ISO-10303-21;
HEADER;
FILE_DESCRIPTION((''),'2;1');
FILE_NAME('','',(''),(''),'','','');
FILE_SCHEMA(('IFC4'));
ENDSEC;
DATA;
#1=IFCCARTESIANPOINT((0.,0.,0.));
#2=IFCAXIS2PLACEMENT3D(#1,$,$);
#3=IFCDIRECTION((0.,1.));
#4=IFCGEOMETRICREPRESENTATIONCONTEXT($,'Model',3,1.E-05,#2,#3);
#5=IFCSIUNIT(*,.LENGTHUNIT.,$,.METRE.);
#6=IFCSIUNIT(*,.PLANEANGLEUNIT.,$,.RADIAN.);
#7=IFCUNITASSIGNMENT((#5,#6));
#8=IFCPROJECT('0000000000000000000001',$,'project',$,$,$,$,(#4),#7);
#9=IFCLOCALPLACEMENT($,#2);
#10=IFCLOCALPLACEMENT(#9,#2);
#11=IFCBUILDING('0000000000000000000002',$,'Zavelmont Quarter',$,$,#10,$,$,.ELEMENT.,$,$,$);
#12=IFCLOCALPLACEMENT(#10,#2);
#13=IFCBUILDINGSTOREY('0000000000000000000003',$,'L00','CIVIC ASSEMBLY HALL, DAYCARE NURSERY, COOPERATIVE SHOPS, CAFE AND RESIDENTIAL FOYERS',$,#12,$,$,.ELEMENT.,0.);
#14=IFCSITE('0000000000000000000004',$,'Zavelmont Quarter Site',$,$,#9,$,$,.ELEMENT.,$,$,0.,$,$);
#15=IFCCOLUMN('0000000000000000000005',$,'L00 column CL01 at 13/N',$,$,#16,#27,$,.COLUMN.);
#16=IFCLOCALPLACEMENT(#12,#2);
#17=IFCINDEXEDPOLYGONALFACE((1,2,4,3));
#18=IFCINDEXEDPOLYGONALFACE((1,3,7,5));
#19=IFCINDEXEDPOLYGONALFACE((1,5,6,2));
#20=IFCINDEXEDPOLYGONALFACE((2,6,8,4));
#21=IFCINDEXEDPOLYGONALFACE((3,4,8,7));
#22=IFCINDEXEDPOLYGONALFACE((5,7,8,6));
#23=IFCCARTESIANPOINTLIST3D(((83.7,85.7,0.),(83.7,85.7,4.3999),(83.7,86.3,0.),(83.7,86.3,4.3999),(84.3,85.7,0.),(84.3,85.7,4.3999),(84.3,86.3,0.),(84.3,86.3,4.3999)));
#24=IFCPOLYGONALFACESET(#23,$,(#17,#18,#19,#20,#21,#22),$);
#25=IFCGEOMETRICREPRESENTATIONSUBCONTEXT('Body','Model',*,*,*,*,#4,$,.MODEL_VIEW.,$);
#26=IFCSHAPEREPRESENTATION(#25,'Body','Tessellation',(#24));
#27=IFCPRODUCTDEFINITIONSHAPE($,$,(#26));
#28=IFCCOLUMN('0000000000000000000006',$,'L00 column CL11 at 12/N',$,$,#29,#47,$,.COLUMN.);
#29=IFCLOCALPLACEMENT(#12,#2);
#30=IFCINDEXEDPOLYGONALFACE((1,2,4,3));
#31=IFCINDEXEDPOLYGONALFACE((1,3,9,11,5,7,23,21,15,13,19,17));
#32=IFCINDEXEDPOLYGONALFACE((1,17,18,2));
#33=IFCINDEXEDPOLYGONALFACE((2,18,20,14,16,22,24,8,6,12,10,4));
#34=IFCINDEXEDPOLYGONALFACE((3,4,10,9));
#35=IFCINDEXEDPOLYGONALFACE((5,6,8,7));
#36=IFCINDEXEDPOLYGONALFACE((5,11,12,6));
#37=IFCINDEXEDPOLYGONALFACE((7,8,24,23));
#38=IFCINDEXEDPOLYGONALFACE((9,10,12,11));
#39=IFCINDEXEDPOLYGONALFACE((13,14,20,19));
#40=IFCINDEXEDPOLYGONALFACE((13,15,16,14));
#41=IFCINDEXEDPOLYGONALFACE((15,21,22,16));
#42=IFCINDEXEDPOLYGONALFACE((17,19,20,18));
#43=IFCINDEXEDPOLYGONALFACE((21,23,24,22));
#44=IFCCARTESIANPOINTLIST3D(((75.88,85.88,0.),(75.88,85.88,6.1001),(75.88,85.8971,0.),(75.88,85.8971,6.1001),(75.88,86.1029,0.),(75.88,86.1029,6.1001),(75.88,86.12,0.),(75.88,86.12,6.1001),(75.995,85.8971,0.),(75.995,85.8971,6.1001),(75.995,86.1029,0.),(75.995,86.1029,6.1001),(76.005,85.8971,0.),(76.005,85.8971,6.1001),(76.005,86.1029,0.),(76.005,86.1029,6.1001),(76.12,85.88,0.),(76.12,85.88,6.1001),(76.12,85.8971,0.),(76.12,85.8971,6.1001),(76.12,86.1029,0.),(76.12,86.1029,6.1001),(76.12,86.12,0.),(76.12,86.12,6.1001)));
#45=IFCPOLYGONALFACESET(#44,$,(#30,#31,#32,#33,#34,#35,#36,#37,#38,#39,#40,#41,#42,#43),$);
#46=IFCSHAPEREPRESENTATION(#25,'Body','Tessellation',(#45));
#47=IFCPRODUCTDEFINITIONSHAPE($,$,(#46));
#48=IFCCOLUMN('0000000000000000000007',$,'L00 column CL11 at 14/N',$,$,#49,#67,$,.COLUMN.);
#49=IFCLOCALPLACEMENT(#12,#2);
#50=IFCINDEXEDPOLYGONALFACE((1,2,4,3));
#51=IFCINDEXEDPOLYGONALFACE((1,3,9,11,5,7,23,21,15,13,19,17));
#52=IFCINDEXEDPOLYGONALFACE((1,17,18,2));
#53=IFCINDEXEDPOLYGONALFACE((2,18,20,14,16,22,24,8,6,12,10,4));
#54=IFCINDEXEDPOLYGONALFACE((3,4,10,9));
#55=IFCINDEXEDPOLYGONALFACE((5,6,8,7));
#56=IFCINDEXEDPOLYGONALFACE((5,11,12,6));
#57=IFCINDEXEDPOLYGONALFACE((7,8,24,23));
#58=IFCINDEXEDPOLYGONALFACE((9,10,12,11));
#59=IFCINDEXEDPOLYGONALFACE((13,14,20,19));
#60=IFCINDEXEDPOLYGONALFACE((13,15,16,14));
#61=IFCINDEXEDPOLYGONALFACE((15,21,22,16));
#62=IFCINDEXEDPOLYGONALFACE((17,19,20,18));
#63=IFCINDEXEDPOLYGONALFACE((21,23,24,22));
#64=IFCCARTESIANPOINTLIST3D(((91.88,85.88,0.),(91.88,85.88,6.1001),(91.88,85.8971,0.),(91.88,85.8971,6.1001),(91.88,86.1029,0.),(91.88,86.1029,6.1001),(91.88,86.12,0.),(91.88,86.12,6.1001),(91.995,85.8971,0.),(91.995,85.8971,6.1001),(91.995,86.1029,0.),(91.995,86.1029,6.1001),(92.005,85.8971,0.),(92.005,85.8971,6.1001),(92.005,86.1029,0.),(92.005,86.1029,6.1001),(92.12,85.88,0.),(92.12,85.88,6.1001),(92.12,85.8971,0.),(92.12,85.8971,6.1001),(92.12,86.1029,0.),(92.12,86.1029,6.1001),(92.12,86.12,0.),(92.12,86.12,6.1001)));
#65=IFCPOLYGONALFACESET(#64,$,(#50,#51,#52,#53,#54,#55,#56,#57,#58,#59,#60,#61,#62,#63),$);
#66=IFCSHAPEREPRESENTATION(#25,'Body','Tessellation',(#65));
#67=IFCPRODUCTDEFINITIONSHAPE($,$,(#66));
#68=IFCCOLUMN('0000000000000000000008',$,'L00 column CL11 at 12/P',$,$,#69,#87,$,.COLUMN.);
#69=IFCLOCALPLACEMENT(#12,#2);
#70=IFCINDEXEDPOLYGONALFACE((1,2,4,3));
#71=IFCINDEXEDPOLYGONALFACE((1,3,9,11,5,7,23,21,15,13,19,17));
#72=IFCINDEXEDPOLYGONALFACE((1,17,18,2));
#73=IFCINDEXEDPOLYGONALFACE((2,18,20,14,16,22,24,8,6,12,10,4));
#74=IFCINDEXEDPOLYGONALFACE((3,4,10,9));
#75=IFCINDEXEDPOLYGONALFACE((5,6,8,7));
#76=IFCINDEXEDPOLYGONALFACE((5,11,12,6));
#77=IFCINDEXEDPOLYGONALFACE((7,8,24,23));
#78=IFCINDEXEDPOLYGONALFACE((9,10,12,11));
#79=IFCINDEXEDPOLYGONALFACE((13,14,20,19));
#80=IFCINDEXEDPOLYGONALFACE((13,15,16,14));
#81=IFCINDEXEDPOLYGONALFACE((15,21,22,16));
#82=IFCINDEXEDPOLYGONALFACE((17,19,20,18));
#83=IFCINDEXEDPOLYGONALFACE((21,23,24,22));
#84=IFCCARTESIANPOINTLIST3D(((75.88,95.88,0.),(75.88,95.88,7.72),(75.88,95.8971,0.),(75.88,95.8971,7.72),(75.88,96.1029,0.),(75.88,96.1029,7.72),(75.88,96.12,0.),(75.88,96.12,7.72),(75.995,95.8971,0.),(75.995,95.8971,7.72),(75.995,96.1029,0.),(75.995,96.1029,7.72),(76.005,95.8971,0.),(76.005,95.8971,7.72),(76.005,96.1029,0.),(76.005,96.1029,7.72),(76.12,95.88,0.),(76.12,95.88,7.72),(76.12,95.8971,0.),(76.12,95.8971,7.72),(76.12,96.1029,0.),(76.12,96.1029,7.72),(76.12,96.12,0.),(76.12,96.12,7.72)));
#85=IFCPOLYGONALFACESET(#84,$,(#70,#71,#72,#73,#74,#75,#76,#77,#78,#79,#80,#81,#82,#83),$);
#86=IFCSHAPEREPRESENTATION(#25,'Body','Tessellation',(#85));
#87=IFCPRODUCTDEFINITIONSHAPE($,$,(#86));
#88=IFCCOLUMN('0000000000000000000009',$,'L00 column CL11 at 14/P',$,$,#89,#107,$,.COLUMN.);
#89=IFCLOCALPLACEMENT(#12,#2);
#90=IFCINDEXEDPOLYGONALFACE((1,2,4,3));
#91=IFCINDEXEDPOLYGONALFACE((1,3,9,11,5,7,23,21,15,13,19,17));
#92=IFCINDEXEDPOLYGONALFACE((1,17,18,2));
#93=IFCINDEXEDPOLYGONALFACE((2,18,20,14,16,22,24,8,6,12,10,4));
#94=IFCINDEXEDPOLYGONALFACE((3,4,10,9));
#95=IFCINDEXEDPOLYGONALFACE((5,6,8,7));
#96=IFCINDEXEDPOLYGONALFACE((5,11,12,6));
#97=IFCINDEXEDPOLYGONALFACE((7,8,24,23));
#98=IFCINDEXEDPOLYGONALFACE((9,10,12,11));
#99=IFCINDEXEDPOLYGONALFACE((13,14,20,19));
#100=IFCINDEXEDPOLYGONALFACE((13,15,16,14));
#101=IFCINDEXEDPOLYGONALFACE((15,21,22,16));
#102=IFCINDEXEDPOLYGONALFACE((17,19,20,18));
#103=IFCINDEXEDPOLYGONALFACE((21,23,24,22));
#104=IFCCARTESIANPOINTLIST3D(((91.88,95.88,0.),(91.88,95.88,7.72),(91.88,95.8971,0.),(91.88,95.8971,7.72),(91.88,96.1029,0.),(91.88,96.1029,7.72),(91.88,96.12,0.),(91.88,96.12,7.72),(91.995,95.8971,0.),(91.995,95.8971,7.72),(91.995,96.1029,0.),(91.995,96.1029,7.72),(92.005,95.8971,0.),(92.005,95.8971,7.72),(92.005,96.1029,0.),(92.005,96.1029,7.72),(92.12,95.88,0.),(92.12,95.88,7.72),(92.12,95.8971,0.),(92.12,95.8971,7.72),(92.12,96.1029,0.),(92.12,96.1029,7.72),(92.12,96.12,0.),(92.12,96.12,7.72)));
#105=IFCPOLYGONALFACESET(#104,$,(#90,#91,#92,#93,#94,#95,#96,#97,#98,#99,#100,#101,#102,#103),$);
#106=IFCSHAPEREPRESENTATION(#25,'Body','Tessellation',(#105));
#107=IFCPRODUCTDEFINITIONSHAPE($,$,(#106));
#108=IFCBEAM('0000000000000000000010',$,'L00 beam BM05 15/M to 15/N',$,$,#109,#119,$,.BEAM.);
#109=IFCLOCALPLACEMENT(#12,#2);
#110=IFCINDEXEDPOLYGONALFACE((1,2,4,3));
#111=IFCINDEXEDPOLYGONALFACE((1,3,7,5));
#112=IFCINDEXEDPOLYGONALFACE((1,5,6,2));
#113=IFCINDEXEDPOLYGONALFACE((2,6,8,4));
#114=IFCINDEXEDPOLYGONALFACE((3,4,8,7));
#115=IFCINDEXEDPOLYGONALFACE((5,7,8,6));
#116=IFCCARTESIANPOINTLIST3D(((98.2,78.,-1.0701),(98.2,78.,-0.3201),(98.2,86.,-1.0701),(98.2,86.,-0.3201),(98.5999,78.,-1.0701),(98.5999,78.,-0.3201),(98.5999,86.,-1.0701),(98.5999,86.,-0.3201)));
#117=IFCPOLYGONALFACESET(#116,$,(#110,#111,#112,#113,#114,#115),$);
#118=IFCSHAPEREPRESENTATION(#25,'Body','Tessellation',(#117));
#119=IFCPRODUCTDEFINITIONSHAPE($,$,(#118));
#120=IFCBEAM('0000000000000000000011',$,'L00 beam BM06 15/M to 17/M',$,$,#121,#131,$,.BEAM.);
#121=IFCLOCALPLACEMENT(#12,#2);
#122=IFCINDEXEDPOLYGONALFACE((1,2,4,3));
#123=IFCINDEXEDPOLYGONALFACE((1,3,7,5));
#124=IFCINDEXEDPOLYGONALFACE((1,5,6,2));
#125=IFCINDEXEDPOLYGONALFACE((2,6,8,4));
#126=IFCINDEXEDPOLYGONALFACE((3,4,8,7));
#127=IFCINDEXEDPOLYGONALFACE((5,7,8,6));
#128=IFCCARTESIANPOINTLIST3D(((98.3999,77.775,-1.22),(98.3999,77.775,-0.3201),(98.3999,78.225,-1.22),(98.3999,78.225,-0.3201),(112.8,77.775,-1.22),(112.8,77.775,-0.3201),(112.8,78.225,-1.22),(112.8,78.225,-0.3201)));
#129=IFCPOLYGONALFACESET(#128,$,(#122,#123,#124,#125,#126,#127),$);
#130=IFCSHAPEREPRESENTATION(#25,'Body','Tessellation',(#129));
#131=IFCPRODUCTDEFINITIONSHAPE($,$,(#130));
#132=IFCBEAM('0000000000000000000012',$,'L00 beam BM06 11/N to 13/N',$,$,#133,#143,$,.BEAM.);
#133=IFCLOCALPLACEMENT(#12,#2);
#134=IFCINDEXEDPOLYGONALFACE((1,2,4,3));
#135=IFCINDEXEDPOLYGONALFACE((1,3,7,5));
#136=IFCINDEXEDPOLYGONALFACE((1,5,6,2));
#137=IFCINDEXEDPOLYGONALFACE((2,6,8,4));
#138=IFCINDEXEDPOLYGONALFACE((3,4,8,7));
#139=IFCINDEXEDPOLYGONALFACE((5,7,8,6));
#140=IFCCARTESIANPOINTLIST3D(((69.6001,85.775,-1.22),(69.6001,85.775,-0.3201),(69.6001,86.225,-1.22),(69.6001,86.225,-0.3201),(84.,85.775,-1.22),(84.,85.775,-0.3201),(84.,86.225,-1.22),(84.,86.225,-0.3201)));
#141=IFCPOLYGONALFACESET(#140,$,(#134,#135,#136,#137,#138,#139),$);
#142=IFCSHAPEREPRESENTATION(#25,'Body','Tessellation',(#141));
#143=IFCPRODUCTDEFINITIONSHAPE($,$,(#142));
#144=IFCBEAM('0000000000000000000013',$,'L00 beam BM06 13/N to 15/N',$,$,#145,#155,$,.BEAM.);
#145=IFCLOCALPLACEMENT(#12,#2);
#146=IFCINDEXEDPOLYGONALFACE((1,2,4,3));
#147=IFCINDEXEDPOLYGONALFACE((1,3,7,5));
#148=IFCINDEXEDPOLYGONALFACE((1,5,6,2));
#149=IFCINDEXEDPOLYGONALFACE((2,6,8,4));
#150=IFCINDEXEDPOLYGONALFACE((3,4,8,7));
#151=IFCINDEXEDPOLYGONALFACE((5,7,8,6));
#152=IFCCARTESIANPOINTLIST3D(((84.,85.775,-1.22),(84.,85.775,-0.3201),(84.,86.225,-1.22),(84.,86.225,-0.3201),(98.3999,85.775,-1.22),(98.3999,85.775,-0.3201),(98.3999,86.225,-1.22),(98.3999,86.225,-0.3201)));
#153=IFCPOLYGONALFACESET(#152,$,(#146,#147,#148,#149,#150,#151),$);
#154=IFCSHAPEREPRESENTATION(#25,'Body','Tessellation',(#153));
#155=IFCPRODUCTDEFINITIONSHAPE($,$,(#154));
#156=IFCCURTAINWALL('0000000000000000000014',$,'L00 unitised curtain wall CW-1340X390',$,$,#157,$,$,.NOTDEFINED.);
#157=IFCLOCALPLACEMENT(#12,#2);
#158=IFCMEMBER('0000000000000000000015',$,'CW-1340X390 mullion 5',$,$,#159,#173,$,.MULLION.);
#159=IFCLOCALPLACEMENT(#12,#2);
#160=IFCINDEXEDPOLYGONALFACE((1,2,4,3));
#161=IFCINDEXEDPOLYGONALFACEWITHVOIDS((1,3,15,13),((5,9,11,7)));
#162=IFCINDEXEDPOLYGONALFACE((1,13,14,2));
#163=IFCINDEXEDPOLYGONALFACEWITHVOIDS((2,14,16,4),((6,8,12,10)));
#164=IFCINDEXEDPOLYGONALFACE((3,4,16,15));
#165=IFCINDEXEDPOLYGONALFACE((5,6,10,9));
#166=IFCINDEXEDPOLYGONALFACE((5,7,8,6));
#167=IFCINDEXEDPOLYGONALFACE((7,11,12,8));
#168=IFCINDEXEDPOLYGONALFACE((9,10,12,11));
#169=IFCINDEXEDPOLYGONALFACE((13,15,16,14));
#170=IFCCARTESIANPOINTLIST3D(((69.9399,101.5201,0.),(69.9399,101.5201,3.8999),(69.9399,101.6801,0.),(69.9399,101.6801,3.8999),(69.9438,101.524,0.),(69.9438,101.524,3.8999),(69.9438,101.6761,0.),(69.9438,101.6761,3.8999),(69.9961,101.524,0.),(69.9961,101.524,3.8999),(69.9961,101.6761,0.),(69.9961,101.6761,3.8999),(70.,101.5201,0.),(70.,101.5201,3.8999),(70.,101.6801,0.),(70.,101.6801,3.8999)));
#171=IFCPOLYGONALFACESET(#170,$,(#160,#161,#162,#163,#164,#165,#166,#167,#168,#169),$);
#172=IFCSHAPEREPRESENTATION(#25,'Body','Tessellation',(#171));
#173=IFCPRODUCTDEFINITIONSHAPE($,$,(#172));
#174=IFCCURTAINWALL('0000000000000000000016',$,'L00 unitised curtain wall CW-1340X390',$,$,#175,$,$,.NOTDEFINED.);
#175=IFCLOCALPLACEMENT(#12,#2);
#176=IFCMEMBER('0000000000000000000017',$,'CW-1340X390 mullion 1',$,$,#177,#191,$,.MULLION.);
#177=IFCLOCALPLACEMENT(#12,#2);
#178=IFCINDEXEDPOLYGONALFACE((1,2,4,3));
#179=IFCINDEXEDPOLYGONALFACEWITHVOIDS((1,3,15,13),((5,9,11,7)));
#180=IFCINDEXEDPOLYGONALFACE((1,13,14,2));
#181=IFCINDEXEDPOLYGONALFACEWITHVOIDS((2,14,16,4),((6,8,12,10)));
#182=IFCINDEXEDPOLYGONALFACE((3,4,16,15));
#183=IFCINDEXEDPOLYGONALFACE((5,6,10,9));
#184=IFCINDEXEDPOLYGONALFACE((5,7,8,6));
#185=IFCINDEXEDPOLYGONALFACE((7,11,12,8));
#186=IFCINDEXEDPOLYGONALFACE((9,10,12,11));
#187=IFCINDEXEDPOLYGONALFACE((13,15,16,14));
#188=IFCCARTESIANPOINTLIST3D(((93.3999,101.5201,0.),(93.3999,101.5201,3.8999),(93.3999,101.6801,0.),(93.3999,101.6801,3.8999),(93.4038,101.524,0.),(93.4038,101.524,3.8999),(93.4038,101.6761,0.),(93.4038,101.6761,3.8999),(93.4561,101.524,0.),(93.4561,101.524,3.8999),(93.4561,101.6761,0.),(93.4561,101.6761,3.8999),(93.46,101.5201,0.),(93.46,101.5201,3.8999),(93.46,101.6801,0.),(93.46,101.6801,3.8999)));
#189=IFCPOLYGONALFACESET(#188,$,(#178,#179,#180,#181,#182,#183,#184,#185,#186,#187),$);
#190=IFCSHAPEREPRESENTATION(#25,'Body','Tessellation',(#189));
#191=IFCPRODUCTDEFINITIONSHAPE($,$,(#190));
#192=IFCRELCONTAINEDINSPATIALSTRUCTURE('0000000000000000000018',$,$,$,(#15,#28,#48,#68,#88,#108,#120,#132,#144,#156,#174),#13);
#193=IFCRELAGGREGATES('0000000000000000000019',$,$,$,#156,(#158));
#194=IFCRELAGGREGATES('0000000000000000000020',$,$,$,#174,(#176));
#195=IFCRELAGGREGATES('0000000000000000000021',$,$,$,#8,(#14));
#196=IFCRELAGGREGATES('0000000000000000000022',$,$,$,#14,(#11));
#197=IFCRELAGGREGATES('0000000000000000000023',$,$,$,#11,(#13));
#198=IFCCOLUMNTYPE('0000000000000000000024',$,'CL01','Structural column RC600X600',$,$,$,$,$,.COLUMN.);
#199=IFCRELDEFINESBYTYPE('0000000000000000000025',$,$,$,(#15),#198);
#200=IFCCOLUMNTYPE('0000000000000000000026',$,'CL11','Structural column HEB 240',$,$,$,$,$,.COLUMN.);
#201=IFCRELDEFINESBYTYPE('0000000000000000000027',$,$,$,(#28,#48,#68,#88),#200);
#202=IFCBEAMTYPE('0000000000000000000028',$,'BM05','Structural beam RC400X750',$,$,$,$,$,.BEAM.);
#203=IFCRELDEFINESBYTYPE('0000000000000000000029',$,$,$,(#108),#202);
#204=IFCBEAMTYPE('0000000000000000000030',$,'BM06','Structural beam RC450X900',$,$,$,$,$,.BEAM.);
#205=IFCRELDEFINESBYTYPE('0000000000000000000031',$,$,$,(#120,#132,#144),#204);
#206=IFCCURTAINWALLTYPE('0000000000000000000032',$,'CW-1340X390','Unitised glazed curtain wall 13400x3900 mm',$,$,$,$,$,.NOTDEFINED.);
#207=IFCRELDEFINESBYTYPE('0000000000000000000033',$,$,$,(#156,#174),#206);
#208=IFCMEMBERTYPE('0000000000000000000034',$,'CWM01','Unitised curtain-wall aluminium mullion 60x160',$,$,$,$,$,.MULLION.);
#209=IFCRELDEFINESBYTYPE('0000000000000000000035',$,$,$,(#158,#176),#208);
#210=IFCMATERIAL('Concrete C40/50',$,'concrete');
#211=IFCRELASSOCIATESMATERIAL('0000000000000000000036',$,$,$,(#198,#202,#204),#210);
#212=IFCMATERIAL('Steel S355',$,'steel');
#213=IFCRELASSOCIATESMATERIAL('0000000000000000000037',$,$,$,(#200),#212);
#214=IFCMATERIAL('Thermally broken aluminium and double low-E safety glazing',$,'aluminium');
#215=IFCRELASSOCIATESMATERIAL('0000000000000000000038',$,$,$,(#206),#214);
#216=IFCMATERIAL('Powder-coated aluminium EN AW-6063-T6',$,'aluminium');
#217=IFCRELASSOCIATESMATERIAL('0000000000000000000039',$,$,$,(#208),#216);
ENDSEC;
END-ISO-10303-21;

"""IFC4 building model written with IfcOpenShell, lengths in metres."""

from ifc_helpers import new_model, si_unit, direction, frame, origin, origin_2d, place, context, subcontext, project, spatial, rectangle, hollow_rectangle, i_section, extrude, material, material_profile, profile_set, type_object, element, aggregate, save


model = new_model("IFC4")

# Units and contexts
model_context = context("Model", 3, precision=1e-05, world=origin(), true_north=direction((0.0, 1.0)))
body_context = subcontext(model_context, "Body", "Model", "MODEL_VIEW")
ifc_project = project(units=[si_unit("LENGTHUNIT", "METRE"), si_unit("PLANEANGLEUNIT", "RADIAN")], contexts=[model_context])

# Site, building, storey
site_placement = place(None, origin())
site = spatial("IfcSite", under=ifc_project, at=site_placement, Name="Zavelmont Quarter Site", CompositionType="ELEMENT", RefElevation=0.0)
building_placement = place(site_placement, origin())
building = spatial("IfcBuilding", under=site, at=building_placement, Name="Zavelmont Quarter", CompositionType="ELEMENT")
storey_placement = place(building_placement, origin())
storey = spatial("IfcBuildingStorey", under=building, at=storey_placement, Name="L00", Description="CIVIC ASSEMBLY HALL, DAYCARE NURSERY, COOPERATIVE SHOPS, CAFE AND RESIDENTIAL FOYERS", CompositionType="ELEMENT", Elevation=0.0)

# Columns
ifc_material_1 = material(Name="Concrete C40/50", Category="concrete")
ifc_material_profile_1 = material_profile(ifc_material_1, rectangle(XDim=0.6001, YDim=0.6001, at=origin_2d()), Name="RC600X600")
ifc_profile_set_1 = profile_set([ifc_material_profile_1], Name="Concrete C40/50")
column_type_1 = type_object("IfcColumnType", Name="CL01", Description="Structural column RC600X600", PredefinedType="COLUMN", material=ifc_profile_set_1)
column_placement = place(storey_placement, frame((84.0, 86.0, 0.0), z_axis=(0.0, 0.0, 1.0), x_axis=(1.0, 0.0, 0.0)))
element("IfcColumn", 1, at=column_placement, inside=storey, type_object=column_type_1, Name="L00 column CL01 at 13/N", PredefinedType="COLUMN", context=body_context, shape_type="SweptSolid", body=[
    extrude(rectangle(XDim=0.6001, YDim=0.6001, at=origin_2d()), origin(), (0.0, 0.0, 1.0), 4.3999),
])
ifc_material_2 = material(Name="Steel S355", Category="steel")
ifc_material_profile_2 = material_profile(ifc_material_2, i_section(OverallWidth=0.24, OverallDepth=0.24, WebThickness=0.01, FlangeThickness=0.0171, at=origin_2d()), Name="HEB 240")
ifc_profile_set_2 = profile_set([ifc_material_profile_2], Name="Steel S355")
column_type_2 = type_object("IfcColumnType", Name="CL11", Description="Structural column HEB 240", PredefinedType="COLUMN", material=ifc_profile_set_2)
for number, where, z_axis, x_axis, name in (
    (2, (76.0, 86.0, 0.0), (0.0, 0.0, 1.0), (1.0, 0.0, 0.0), "L00 column CL11 at 12/N"),
    (3, (92.0, 86.0, 0.0), (0.0, 0.0, 1.0), (1.0, 0.0, 0.0), "L00 column CL11 at 14/N"),
):
    element("IfcColumn", number, at=place(storey_placement, frame(where, z_axis=z_axis, x_axis=x_axis)), inside=storey, type_object=column_type_2, Name=name, PredefinedType="COLUMN", context=body_context, shape_type="SweptSolid", body=[
        extrude(i_section(OverallWidth=0.24, OverallDepth=0.24, WebThickness=0.01, FlangeThickness=0.0171, at=origin_2d()), origin(), (0.0, 0.0, 1.0), 6.1001),
    ])
for number, where, z_axis, x_axis, name in (
    (4, (76.0, 96.0, 0.0), (0.0, 0.0, 1.0), (1.0, 0.0, 0.0), "L00 column CL11 at 12/P"),
    (5, (92.0, 96.0, 0.0), (0.0, 0.0, 1.0), (1.0, 0.0, 0.0), "L00 column CL11 at 14/P"),
):
    element("IfcColumn", number, at=place(storey_placement, frame(where, z_axis=z_axis, x_axis=x_axis)), inside=storey, type_object=column_type_2, Name=name, PredefinedType="COLUMN", context=body_context, shape_type="SweptSolid", body=[
        extrude(i_section(OverallWidth=0.24, OverallDepth=0.24, WebThickness=0.01, FlangeThickness=0.0171, at=origin_2d()), origin(), (0.0, 0.0, 1.0), 7.72),
    ])

# Beams
ifc_material_profile_3 = material_profile(ifc_material_1, rectangle(XDim=0.3999, YDim=0.75, at=origin_2d()), Name="RC400X750")
ifc_profile_set_3 = profile_set([ifc_material_profile_3], Name="Concrete C40/50")
beam_type_1 = type_object("IfcBeamType", Name="BM05", Description="Structural beam RC400X750", PredefinedType="BEAM", material=ifc_profile_set_3)
beam_1_placement = place(storey_placement, frame((98.3999, 78.0, -0.6951), z_axis=(0.0, 1.0, 0.0), x_axis=(-1.0, 0.0, 0.0)))
element("IfcBeam", 6, at=beam_1_placement, inside=storey, type_object=beam_type_1, Name="L00 beam BM05 15/M to 15/N", PredefinedType="BEAM", context=body_context, shape_type="SweptSolid", body=[
    extrude(rectangle(XDim=0.3999, YDim=0.75, at=origin_2d()), origin(), (0.0, 0.0, 1.0), 8.0),
])
ifc_material_profile_4 = material_profile(ifc_material_1, rectangle(XDim=0.45, YDim=0.8999, at=origin_2d()), Name="RC450X900")
ifc_profile_set_4 = profile_set([ifc_material_profile_4], Name="Concrete C40/50")
beam_type_2 = type_object("IfcBeamType", Name="BM06", Description="Structural beam RC450X900", PredefinedType="BEAM", material=ifc_profile_set_4)
beam_2_placement = place(storey_placement, frame((98.3999, 78.0, -0.77), z_axis=(1.0, 0.0, 0.0), x_axis=(0.0, 1.0, 0.0)))
element("IfcBeam", 7, at=beam_2_placement, inside=storey, type_object=beam_type_2, Name="L00 beam BM06 15/M to 17/M", PredefinedType="BEAM", context=body_context, shape_type="SweptSolid", body=[
    extrude(rectangle(XDim=0.45, YDim=0.8999, at=origin_2d()), origin(), (0.0, 0.0, 1.0), 14.4001),
])
for number, where, z_axis, x_axis, name in (
    (8, (69.6001, 86.0, -0.77), (1.0, 0.0, 0.0), (0.0, 1.0, 0.0), "L00 beam BM06 11/N to 13/N"),
    (9, (84.0, 86.0, -0.77), (1.0, 0.0, 0.0), (0.0, 1.0, 0.0), "L00 beam BM06 13/N to 15/N"),
):
    element("IfcBeam", number, at=place(storey_placement, frame(where, z_axis=z_axis, x_axis=x_axis)), inside=storey, type_object=beam_type_2, Name=name, PredefinedType="BEAM", context=body_context, shape_type="SweptSolid", body=[
        extrude(rectangle(XDim=0.45, YDim=0.8999, at=origin_2d()), origin(), (0.0, 0.0, 1.0), 14.3999),
    ])

# Curtain wall, member
ifc_material_3 = material(Name="Thermally broken aluminium and double low-E safety glazing", Category="aluminium")
curtain_wall_type = type_object("IfcCurtainWallType", Name="CW-1340X390", Description="Unitised glazed curtain wall 13400x3900 mm", PredefinedType="NOTDEFINED", material=ifc_material_3)
curtain_wall_1_placement = place(storey_placement, origin())
curtain_wall_1 = element("IfcCurtainWall", 10, at=curtain_wall_1_placement, inside=storey, type_object=curtain_wall_type, Name="L00 unitised curtain wall CW-1340X390", PredefinedType="NOTDEFINED")
ifc_material_4 = material(Name="Powder-coated aluminium EN AW-6063-T6", Category="aluminium")
ifc_material_profile_5 = material_profile(ifc_material_4, hollow_rectangle(XDim=0.0601, YDim=0.1599, WallThickness=0.0039, at=origin_2d()), Name="CWM60X160")
ifc_profile_set_5 = profile_set([ifc_material_profile_5], Name="Powder-coated aluminium EN AW-6063-T6")
member_type_1 = type_object("IfcMemberType", Name="CWM01", Description="Unitised curtain-wall aluminium mullion 60x160", PredefinedType="MULLION", material=ifc_profile_set_5)
member_1_placement = place(storey_placement, frame((69.97, 101.6001, 0.0), z_axis=(0.0, 0.0, 1.0), x_axis=(1.0, 0.0, 0.0)))
member_1 = element("IfcMember", 11, at=member_1_placement, type_object=member_type_1, Name="CW-1340X390 mullion 5", PredefinedType="MULLION", context=body_context, shape_type="SweptSolid", body=[
    extrude(hollow_rectangle(XDim=0.0601, YDim=0.1599, WallThickness=0.0039, at=origin_2d()), origin(), (0.0, 0.0, 1.0), 3.8999),
])
aggregate(curtain_wall_1, [member_1])

# Curtain wall, member
curtain_wall_2_placement = place(storey_placement, origin())
curtain_wall_2 = element("IfcCurtainWall", 12, at=curtain_wall_2_placement, inside=storey, type_object=curtain_wall_type, Name="L00 unitised curtain wall CW-1340X390", PredefinedType="NOTDEFINED")
member_2_placement = place(storey_placement, frame((93.4299, 101.6001, 0.0), z_axis=(0.0, 0.0, 1.0), x_axis=(1.0, 0.0, 0.0)))
member_2 = element("IfcMember", 13, at=member_2_placement, type_object=member_type_1, Name="CW-1340X390 mullion 1", PredefinedType="MULLION", context=body_context, shape_type="SweptSolid", body=[
    extrude(hollow_rectangle(XDim=0.0601, YDim=0.1599, WallThickness=0.0039, at=origin_2d()), origin(), (0.0, 0.0, 1.0), 3.8999),
])
aggregate(curtain_wall_2, [member_2])

save(model, "model.ifc")
